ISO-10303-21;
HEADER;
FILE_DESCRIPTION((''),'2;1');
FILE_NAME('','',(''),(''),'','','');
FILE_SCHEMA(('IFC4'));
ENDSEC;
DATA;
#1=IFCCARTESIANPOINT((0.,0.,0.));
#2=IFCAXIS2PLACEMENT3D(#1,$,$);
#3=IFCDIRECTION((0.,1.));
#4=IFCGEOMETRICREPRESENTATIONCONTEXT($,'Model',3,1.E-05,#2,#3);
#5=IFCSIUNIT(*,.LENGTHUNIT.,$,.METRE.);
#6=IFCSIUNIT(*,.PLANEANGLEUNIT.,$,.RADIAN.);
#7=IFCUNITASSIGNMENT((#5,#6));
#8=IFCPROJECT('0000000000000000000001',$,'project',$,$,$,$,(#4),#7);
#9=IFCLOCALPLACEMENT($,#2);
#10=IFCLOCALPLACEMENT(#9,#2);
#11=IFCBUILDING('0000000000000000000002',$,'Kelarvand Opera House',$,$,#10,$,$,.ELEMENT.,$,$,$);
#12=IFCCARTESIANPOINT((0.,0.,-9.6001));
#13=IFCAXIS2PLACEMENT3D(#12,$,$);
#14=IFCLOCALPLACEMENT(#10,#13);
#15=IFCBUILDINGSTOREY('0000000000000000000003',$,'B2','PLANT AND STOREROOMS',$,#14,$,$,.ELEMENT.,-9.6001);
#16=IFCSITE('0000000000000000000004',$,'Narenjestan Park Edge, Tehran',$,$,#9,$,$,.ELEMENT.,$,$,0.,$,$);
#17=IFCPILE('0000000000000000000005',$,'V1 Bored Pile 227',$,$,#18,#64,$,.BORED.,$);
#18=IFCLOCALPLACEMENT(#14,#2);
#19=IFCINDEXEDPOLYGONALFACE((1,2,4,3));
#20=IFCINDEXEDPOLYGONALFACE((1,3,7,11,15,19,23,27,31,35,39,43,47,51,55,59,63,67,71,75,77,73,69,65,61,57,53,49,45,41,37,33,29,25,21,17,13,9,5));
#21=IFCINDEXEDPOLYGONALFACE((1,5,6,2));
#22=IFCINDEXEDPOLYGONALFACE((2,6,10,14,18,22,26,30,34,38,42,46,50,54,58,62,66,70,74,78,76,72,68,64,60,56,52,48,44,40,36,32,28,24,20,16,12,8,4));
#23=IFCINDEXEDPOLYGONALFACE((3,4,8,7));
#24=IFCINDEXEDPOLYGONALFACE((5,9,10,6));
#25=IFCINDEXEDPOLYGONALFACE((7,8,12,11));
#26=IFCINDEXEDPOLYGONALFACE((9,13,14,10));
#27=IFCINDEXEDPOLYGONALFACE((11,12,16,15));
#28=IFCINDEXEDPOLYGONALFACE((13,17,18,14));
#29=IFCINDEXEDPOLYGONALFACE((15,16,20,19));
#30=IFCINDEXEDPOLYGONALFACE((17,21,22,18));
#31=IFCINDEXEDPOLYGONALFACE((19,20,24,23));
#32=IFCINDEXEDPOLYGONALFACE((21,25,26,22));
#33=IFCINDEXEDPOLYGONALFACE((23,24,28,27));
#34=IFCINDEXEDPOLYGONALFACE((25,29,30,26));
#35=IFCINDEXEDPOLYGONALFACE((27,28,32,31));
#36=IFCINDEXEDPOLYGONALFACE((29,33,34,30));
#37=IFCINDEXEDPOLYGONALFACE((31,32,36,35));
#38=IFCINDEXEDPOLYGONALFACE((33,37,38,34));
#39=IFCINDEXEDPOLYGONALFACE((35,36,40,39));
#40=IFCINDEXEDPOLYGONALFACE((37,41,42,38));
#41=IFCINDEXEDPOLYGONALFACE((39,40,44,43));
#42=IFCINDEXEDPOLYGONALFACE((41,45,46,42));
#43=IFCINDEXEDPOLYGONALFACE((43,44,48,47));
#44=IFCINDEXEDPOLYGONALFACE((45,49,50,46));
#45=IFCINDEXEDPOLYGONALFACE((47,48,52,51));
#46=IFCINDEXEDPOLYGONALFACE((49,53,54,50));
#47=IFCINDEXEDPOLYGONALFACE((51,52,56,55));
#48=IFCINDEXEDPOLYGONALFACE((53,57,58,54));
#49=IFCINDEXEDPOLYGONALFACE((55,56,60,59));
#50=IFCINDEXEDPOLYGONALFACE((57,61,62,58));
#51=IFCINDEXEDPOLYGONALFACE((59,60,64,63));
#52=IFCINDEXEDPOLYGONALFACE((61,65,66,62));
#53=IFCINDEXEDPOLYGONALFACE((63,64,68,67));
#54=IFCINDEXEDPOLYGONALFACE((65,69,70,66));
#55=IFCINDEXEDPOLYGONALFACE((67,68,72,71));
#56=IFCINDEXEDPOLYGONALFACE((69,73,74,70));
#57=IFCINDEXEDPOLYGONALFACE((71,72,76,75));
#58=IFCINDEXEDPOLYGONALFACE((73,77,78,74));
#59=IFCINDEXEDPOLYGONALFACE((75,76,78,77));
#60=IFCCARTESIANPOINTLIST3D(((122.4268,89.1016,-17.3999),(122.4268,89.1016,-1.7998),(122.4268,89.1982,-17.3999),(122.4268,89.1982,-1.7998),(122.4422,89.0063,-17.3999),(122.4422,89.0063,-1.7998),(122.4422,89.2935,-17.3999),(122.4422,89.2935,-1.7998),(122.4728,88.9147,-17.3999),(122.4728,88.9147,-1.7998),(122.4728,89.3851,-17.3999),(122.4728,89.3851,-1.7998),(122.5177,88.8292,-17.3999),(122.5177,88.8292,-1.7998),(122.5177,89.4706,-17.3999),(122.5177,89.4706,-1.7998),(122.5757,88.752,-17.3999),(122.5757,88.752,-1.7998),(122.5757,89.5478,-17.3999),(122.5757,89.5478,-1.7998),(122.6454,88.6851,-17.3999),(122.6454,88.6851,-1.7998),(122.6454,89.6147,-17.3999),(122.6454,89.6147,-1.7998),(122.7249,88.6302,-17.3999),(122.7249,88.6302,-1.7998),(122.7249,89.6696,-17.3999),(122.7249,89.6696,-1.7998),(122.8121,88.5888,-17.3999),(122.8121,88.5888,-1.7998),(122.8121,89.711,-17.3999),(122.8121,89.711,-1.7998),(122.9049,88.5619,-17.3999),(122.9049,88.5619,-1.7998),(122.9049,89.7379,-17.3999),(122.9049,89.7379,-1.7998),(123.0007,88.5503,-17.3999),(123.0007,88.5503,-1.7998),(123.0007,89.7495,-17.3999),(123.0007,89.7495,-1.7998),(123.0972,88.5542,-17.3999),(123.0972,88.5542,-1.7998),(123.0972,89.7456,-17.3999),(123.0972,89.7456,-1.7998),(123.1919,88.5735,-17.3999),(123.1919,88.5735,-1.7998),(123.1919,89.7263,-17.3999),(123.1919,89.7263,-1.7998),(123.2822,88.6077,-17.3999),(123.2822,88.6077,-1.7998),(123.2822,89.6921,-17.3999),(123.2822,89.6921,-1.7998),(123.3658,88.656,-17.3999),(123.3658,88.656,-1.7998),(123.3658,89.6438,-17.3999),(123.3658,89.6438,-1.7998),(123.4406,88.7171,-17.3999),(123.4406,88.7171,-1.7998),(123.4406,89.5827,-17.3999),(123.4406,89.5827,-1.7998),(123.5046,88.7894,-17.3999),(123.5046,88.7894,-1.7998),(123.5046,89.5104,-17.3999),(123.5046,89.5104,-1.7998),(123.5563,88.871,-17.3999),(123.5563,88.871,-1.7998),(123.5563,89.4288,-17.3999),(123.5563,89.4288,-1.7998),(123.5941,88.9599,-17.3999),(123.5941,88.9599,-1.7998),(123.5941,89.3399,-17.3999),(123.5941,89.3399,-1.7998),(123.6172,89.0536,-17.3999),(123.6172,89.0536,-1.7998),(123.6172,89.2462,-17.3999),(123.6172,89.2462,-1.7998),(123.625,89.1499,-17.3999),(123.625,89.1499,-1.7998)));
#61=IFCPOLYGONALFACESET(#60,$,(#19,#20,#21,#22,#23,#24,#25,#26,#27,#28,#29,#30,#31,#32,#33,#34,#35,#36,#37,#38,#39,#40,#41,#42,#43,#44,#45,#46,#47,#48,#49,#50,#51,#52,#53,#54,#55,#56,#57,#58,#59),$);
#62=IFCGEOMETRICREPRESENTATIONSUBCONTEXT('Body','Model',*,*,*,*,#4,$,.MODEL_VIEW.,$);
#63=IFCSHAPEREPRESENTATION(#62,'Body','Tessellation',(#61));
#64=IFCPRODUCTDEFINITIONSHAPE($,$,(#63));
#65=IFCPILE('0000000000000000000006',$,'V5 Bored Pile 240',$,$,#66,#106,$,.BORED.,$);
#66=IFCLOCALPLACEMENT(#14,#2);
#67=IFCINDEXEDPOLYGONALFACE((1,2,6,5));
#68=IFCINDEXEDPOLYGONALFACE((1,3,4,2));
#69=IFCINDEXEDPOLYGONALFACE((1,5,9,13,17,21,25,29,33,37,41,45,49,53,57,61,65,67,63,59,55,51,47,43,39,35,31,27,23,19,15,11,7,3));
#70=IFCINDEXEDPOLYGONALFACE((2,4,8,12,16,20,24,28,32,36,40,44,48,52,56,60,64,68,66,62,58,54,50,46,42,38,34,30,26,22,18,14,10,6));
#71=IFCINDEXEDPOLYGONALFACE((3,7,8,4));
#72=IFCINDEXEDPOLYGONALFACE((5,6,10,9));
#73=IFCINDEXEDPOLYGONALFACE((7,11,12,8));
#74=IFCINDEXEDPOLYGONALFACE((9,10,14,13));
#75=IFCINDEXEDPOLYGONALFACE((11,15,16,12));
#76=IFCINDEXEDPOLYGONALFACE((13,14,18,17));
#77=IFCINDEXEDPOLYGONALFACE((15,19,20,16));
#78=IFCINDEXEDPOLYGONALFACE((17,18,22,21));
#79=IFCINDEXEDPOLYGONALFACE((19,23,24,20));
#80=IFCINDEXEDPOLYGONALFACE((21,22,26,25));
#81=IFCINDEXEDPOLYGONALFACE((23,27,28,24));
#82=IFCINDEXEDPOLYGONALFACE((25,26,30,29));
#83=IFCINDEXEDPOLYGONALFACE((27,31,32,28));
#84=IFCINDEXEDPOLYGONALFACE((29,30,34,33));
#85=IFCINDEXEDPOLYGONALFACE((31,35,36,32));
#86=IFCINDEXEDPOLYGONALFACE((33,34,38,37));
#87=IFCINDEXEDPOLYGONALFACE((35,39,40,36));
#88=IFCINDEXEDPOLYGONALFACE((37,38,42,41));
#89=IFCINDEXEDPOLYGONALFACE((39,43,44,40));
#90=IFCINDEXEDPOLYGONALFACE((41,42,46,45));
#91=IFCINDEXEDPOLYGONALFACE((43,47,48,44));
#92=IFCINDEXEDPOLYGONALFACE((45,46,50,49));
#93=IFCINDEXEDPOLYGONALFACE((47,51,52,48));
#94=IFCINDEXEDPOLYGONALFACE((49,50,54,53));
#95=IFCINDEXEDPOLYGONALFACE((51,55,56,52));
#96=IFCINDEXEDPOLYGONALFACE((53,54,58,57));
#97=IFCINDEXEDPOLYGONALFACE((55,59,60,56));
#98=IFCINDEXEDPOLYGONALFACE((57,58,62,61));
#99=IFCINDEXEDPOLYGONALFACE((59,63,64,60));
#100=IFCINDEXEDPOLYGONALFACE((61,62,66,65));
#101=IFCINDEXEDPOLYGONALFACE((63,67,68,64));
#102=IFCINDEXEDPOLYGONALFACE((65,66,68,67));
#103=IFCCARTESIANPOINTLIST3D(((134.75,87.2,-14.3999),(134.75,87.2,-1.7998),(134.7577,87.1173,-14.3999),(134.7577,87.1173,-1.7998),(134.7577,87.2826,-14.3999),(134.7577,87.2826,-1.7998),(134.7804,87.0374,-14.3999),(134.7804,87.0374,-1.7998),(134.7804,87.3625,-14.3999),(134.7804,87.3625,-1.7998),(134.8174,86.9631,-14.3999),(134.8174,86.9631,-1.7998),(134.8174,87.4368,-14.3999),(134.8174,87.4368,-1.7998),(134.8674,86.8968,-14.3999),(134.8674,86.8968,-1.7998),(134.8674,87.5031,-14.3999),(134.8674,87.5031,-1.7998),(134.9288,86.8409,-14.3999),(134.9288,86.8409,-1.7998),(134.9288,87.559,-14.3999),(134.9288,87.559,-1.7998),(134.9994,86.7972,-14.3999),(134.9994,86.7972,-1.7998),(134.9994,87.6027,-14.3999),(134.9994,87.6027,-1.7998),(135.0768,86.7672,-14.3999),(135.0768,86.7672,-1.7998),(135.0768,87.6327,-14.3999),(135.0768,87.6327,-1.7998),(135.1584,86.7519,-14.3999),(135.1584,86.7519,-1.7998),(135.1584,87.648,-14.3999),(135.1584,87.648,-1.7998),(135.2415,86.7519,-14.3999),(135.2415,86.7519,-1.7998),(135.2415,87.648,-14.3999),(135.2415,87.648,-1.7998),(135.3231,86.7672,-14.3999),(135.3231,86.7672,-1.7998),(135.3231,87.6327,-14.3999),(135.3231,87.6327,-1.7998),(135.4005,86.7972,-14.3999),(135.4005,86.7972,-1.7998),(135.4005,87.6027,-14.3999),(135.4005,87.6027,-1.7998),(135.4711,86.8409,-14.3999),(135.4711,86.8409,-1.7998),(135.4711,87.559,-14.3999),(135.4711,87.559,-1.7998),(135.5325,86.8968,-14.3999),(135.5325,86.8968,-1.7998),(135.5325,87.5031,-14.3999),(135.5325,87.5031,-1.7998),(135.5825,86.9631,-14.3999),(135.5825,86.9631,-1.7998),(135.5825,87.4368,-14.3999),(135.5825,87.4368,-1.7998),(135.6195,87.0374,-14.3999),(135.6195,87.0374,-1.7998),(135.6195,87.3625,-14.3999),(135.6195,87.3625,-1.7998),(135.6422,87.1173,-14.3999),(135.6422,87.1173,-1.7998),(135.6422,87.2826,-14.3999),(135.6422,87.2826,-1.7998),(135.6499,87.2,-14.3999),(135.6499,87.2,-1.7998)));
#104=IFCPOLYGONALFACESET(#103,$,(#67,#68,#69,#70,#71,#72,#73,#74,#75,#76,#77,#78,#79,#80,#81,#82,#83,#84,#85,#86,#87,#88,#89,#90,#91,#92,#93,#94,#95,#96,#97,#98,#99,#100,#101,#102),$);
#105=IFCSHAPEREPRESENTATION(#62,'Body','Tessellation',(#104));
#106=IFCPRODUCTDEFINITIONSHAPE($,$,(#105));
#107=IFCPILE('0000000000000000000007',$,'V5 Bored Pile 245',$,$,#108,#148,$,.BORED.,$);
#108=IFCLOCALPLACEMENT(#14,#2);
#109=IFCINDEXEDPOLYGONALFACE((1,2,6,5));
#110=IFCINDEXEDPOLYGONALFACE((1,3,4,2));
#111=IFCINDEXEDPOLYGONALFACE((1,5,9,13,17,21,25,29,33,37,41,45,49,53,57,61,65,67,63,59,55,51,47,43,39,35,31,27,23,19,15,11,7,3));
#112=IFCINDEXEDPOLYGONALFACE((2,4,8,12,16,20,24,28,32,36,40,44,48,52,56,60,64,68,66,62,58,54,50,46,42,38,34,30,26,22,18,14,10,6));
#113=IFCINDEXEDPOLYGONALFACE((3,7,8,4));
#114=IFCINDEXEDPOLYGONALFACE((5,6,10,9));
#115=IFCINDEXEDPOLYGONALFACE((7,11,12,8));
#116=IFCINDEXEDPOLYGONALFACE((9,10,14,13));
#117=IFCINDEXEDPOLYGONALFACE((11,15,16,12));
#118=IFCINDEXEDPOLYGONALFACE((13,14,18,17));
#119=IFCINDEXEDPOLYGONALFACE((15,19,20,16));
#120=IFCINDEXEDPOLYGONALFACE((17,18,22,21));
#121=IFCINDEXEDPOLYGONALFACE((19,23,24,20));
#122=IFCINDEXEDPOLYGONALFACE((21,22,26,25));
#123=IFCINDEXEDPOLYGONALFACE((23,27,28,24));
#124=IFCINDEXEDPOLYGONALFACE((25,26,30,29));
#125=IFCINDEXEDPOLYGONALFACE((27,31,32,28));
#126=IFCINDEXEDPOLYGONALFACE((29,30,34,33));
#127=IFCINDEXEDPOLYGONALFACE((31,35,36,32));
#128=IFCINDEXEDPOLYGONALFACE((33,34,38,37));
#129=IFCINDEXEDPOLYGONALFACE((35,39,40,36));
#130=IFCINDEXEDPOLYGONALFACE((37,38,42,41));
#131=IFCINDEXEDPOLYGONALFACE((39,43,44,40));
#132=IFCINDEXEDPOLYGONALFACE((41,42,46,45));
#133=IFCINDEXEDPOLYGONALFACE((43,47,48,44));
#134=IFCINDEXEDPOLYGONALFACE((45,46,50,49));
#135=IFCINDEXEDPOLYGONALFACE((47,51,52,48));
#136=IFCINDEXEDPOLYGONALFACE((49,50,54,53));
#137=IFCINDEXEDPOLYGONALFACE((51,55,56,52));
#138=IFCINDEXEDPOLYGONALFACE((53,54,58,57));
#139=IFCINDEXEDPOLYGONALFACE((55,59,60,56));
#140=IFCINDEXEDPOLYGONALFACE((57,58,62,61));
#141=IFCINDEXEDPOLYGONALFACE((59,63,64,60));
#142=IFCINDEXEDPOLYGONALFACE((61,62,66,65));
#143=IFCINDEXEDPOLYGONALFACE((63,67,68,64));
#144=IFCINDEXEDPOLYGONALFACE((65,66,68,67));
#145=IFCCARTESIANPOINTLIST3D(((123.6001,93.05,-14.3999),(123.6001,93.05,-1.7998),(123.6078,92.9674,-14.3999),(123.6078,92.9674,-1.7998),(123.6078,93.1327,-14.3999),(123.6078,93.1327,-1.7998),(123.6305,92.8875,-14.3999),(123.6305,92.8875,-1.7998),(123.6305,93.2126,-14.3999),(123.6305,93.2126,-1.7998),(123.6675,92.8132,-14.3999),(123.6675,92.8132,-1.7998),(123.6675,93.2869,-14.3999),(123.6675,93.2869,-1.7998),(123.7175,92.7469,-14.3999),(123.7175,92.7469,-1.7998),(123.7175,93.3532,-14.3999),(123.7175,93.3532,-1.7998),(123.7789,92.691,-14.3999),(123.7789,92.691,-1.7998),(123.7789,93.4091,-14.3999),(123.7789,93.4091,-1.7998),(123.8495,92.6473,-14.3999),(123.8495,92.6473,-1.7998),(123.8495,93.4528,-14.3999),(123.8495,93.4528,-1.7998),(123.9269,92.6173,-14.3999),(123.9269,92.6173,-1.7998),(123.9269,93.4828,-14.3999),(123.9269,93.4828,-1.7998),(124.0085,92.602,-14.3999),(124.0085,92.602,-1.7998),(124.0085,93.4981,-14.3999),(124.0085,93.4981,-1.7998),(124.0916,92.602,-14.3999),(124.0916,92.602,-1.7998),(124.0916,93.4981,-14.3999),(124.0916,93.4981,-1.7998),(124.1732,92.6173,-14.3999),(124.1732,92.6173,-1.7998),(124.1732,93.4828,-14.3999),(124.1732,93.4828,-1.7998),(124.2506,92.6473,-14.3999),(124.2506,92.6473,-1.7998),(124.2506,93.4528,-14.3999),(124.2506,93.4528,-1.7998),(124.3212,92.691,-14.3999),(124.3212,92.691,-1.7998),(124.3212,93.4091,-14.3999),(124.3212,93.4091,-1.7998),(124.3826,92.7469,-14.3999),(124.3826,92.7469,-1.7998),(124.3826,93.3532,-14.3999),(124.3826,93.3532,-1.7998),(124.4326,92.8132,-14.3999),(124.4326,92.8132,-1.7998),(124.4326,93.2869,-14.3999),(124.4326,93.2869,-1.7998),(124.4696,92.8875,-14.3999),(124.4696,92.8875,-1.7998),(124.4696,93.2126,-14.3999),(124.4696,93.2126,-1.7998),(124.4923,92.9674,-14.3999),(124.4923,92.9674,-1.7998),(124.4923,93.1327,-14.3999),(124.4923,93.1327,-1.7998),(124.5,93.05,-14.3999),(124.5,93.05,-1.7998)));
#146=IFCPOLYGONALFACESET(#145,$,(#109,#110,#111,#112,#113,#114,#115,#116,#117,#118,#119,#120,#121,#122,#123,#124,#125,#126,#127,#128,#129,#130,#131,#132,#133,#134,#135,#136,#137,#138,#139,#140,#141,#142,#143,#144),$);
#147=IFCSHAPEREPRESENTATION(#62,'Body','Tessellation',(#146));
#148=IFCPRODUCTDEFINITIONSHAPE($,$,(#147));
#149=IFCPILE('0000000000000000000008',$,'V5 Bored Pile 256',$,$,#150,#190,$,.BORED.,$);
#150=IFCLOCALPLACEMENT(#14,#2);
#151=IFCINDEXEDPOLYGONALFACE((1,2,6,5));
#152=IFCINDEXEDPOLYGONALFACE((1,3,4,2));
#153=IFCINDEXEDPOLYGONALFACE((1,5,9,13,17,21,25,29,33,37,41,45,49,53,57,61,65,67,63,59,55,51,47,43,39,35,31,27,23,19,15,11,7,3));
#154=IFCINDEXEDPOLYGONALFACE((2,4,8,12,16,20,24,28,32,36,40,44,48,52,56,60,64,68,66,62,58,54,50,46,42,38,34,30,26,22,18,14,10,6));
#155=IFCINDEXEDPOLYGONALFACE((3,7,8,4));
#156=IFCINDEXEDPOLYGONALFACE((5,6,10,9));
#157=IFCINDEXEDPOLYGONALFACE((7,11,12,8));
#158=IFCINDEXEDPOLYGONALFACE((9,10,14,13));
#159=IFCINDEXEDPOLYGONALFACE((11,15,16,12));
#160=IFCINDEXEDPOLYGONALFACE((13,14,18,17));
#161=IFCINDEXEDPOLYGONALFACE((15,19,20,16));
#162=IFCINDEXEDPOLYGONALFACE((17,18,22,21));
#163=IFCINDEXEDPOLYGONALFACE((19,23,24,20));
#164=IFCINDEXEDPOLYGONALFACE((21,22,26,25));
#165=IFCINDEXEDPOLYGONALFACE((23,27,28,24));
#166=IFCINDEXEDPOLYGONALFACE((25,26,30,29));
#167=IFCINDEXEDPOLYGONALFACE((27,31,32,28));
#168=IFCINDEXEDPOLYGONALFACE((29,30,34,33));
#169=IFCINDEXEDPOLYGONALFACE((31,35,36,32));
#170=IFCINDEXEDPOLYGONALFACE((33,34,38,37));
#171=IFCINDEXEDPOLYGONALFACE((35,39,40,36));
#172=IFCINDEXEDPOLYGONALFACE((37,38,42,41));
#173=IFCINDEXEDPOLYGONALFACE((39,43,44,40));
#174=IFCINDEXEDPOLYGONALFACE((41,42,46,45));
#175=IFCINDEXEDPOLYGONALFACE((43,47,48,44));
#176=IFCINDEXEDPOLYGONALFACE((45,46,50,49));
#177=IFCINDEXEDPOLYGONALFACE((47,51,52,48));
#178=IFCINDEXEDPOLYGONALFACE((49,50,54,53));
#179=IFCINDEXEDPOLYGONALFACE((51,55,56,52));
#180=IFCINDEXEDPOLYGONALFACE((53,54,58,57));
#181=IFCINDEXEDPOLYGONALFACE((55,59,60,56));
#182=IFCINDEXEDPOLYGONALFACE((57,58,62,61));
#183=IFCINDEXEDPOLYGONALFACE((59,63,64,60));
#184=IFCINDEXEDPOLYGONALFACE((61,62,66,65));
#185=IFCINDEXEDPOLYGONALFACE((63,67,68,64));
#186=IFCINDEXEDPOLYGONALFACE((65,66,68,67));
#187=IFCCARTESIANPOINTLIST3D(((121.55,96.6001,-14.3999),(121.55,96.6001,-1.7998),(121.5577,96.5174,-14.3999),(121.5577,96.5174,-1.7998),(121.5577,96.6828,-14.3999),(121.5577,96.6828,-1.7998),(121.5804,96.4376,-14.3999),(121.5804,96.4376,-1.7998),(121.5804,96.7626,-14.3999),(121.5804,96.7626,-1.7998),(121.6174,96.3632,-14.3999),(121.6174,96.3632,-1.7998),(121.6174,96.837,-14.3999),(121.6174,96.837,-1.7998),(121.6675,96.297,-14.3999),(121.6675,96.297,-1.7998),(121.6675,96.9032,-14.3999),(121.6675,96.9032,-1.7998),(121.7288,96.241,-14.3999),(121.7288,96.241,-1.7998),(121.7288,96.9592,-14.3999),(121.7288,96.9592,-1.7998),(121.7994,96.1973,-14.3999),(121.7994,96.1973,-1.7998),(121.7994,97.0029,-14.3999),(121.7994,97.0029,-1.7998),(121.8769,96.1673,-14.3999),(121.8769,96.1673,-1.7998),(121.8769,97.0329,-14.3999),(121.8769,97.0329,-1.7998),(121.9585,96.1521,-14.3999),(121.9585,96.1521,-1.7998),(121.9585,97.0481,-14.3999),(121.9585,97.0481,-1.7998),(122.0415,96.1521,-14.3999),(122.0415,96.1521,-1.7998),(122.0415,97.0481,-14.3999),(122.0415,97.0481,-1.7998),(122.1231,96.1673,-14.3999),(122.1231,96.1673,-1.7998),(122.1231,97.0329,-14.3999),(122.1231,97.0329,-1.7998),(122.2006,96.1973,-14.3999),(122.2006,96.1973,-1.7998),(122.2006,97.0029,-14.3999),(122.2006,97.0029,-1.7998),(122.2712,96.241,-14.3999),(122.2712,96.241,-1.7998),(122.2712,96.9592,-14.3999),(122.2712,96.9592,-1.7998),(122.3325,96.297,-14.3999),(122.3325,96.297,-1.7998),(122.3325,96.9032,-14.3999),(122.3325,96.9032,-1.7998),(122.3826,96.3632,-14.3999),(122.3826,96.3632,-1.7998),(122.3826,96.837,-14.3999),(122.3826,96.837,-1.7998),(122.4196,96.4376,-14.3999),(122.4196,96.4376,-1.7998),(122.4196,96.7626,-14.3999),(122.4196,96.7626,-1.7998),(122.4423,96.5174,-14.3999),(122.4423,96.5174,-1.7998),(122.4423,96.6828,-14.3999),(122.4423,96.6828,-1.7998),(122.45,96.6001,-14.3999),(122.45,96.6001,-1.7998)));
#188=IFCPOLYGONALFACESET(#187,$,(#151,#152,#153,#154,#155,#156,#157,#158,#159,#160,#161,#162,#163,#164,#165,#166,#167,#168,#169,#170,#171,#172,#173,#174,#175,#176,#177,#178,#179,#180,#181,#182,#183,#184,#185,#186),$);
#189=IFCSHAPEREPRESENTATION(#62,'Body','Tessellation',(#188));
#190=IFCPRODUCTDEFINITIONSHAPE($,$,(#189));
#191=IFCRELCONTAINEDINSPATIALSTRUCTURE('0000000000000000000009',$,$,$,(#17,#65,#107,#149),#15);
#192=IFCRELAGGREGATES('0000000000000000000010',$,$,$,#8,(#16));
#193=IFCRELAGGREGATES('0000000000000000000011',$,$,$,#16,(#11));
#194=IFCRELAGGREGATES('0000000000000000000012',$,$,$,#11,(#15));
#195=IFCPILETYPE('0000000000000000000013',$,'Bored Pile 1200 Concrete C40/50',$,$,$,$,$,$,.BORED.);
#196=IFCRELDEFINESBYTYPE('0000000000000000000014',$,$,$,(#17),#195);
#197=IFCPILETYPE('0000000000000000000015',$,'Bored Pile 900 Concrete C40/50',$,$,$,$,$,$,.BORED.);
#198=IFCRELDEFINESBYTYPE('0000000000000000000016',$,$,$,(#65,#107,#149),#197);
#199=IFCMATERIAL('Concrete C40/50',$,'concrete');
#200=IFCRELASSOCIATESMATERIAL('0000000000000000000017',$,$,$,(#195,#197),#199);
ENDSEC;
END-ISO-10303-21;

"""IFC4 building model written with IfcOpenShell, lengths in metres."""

from ifc_helpers import new_model, si_unit, direction, frame, origin, origin_2d, place, context, subcontext, project, spatial, circle, extrude, material, material_profile, profile_set, type_object, element, save


model = new_model("IFC4")

# Units and contexts
model_context = context("Model", 3, precision=1e-05, world=origin(), true_north=direction((0.0, 1.0)))
body_context = subcontext(model_context, "Body", "Model", "MODEL_VIEW")
ifc_project = project(units=[si_unit("LENGTHUNIT", "METRE"), si_unit("PLANEANGLEUNIT", "RADIAN")], contexts=[model_context])

# Site, building, storey
site_placement = place(None, origin())
site = spatial("IfcSite", under=ifc_project, at=site_placement, Name="Narenjestan Park Edge, Tehran", CompositionType="ELEMENT", RefElevation=0.0)
building_placement = place(site_placement, origin())
building = spatial("IfcBuilding", under=site, at=building_placement, Name="Kelarvand Opera House", CompositionType="ELEMENT")
storey_placement = place(building_placement, frame((0.0, 0.0, -9.6001)))
storey = spatial("IfcBuildingStorey", under=building, at=storey_placement, Name="B2", Description="PLANT AND STOREROOMS", CompositionType="ELEMENT", Elevation=-9.6001)

# Piles
ifc_material_1 = material(Name="Concrete C40/50", Category="concrete")
ifc_material_profile_1 = material_profile(ifc_material_1, circle(Radius=0.6001, at=origin_2d()), Name="BP 1200", Category="concrete")
ifc_profile_set_1 = profile_set([ifc_material_profile_1], Name="Concrete C40/50")
pile_type_1 = type_object("IfcPileType", Name="Bored Pile 1200 Concrete C40/50", PredefinedType="BORED", material=ifc_profile_set_1)
pile_placement = place(storey_placement, frame((123.0249, 89.1499, -1.7998), z_axis=(0.0, 0.0, -1.0), x_axis=(1.0, 0.0, 0.0)))
element("IfcPile", 1, at=pile_placement, inside=storey, type_object=pile_type_1, Name="V1 Bored Pile 227", PredefinedType="BORED", context=body_context, shape_type="SweptSolid", body=[
    extrude(circle(Radius=0.6001, at=origin_2d()), origin(), (0.0, 0.0, 1.0), 15.6001),
])
ifc_material_profile_2 = material_profile(ifc_material_1, circle(Radius=0.45, at=origin_2d()), Name="BP 900", Category="concrete")
ifc_profile_set_2 = profile_set([ifc_material_profile_2], Name="Concrete C40/50")
pile_type_2 = type_object("IfcPileType", Name="Bored Pile 900 Concrete C40/50", PredefinedType="BORED", material=ifc_profile_set_2)
for number, where, z_axis, x_axis, name in (
    (2, (135.2, 87.2, -1.7998), (0.0, 0.0, -1.0), (1.0, 0.0, 0.0), "V5 Bored Pile 240"),
    (3, (124.05, 93.05, -1.7998), (0.0, 0.0, -1.0), (1.0, 0.0, 0.0), "V5 Bored Pile 245"),
    (4, (122.0, 96.6001, -1.7998), (0.0, 0.0, -1.0), (1.0, 0.0, 0.0), "V5 Bored Pile 256"),
):
    element("IfcPile", number, at=place(storey_placement, frame(where, z_axis=z_axis, x_axis=x_axis)), inside=storey, type_object=pile_type_2, Name=name, PredefinedType="BORED", context=body_context, shape_type="SweptSolid", body=[
        extrude(circle(Radius=0.45, at=origin_2d()), origin(), (0.0, 0.0, 1.0), 12.6001),
    ])

save(model, "model.ifc")
